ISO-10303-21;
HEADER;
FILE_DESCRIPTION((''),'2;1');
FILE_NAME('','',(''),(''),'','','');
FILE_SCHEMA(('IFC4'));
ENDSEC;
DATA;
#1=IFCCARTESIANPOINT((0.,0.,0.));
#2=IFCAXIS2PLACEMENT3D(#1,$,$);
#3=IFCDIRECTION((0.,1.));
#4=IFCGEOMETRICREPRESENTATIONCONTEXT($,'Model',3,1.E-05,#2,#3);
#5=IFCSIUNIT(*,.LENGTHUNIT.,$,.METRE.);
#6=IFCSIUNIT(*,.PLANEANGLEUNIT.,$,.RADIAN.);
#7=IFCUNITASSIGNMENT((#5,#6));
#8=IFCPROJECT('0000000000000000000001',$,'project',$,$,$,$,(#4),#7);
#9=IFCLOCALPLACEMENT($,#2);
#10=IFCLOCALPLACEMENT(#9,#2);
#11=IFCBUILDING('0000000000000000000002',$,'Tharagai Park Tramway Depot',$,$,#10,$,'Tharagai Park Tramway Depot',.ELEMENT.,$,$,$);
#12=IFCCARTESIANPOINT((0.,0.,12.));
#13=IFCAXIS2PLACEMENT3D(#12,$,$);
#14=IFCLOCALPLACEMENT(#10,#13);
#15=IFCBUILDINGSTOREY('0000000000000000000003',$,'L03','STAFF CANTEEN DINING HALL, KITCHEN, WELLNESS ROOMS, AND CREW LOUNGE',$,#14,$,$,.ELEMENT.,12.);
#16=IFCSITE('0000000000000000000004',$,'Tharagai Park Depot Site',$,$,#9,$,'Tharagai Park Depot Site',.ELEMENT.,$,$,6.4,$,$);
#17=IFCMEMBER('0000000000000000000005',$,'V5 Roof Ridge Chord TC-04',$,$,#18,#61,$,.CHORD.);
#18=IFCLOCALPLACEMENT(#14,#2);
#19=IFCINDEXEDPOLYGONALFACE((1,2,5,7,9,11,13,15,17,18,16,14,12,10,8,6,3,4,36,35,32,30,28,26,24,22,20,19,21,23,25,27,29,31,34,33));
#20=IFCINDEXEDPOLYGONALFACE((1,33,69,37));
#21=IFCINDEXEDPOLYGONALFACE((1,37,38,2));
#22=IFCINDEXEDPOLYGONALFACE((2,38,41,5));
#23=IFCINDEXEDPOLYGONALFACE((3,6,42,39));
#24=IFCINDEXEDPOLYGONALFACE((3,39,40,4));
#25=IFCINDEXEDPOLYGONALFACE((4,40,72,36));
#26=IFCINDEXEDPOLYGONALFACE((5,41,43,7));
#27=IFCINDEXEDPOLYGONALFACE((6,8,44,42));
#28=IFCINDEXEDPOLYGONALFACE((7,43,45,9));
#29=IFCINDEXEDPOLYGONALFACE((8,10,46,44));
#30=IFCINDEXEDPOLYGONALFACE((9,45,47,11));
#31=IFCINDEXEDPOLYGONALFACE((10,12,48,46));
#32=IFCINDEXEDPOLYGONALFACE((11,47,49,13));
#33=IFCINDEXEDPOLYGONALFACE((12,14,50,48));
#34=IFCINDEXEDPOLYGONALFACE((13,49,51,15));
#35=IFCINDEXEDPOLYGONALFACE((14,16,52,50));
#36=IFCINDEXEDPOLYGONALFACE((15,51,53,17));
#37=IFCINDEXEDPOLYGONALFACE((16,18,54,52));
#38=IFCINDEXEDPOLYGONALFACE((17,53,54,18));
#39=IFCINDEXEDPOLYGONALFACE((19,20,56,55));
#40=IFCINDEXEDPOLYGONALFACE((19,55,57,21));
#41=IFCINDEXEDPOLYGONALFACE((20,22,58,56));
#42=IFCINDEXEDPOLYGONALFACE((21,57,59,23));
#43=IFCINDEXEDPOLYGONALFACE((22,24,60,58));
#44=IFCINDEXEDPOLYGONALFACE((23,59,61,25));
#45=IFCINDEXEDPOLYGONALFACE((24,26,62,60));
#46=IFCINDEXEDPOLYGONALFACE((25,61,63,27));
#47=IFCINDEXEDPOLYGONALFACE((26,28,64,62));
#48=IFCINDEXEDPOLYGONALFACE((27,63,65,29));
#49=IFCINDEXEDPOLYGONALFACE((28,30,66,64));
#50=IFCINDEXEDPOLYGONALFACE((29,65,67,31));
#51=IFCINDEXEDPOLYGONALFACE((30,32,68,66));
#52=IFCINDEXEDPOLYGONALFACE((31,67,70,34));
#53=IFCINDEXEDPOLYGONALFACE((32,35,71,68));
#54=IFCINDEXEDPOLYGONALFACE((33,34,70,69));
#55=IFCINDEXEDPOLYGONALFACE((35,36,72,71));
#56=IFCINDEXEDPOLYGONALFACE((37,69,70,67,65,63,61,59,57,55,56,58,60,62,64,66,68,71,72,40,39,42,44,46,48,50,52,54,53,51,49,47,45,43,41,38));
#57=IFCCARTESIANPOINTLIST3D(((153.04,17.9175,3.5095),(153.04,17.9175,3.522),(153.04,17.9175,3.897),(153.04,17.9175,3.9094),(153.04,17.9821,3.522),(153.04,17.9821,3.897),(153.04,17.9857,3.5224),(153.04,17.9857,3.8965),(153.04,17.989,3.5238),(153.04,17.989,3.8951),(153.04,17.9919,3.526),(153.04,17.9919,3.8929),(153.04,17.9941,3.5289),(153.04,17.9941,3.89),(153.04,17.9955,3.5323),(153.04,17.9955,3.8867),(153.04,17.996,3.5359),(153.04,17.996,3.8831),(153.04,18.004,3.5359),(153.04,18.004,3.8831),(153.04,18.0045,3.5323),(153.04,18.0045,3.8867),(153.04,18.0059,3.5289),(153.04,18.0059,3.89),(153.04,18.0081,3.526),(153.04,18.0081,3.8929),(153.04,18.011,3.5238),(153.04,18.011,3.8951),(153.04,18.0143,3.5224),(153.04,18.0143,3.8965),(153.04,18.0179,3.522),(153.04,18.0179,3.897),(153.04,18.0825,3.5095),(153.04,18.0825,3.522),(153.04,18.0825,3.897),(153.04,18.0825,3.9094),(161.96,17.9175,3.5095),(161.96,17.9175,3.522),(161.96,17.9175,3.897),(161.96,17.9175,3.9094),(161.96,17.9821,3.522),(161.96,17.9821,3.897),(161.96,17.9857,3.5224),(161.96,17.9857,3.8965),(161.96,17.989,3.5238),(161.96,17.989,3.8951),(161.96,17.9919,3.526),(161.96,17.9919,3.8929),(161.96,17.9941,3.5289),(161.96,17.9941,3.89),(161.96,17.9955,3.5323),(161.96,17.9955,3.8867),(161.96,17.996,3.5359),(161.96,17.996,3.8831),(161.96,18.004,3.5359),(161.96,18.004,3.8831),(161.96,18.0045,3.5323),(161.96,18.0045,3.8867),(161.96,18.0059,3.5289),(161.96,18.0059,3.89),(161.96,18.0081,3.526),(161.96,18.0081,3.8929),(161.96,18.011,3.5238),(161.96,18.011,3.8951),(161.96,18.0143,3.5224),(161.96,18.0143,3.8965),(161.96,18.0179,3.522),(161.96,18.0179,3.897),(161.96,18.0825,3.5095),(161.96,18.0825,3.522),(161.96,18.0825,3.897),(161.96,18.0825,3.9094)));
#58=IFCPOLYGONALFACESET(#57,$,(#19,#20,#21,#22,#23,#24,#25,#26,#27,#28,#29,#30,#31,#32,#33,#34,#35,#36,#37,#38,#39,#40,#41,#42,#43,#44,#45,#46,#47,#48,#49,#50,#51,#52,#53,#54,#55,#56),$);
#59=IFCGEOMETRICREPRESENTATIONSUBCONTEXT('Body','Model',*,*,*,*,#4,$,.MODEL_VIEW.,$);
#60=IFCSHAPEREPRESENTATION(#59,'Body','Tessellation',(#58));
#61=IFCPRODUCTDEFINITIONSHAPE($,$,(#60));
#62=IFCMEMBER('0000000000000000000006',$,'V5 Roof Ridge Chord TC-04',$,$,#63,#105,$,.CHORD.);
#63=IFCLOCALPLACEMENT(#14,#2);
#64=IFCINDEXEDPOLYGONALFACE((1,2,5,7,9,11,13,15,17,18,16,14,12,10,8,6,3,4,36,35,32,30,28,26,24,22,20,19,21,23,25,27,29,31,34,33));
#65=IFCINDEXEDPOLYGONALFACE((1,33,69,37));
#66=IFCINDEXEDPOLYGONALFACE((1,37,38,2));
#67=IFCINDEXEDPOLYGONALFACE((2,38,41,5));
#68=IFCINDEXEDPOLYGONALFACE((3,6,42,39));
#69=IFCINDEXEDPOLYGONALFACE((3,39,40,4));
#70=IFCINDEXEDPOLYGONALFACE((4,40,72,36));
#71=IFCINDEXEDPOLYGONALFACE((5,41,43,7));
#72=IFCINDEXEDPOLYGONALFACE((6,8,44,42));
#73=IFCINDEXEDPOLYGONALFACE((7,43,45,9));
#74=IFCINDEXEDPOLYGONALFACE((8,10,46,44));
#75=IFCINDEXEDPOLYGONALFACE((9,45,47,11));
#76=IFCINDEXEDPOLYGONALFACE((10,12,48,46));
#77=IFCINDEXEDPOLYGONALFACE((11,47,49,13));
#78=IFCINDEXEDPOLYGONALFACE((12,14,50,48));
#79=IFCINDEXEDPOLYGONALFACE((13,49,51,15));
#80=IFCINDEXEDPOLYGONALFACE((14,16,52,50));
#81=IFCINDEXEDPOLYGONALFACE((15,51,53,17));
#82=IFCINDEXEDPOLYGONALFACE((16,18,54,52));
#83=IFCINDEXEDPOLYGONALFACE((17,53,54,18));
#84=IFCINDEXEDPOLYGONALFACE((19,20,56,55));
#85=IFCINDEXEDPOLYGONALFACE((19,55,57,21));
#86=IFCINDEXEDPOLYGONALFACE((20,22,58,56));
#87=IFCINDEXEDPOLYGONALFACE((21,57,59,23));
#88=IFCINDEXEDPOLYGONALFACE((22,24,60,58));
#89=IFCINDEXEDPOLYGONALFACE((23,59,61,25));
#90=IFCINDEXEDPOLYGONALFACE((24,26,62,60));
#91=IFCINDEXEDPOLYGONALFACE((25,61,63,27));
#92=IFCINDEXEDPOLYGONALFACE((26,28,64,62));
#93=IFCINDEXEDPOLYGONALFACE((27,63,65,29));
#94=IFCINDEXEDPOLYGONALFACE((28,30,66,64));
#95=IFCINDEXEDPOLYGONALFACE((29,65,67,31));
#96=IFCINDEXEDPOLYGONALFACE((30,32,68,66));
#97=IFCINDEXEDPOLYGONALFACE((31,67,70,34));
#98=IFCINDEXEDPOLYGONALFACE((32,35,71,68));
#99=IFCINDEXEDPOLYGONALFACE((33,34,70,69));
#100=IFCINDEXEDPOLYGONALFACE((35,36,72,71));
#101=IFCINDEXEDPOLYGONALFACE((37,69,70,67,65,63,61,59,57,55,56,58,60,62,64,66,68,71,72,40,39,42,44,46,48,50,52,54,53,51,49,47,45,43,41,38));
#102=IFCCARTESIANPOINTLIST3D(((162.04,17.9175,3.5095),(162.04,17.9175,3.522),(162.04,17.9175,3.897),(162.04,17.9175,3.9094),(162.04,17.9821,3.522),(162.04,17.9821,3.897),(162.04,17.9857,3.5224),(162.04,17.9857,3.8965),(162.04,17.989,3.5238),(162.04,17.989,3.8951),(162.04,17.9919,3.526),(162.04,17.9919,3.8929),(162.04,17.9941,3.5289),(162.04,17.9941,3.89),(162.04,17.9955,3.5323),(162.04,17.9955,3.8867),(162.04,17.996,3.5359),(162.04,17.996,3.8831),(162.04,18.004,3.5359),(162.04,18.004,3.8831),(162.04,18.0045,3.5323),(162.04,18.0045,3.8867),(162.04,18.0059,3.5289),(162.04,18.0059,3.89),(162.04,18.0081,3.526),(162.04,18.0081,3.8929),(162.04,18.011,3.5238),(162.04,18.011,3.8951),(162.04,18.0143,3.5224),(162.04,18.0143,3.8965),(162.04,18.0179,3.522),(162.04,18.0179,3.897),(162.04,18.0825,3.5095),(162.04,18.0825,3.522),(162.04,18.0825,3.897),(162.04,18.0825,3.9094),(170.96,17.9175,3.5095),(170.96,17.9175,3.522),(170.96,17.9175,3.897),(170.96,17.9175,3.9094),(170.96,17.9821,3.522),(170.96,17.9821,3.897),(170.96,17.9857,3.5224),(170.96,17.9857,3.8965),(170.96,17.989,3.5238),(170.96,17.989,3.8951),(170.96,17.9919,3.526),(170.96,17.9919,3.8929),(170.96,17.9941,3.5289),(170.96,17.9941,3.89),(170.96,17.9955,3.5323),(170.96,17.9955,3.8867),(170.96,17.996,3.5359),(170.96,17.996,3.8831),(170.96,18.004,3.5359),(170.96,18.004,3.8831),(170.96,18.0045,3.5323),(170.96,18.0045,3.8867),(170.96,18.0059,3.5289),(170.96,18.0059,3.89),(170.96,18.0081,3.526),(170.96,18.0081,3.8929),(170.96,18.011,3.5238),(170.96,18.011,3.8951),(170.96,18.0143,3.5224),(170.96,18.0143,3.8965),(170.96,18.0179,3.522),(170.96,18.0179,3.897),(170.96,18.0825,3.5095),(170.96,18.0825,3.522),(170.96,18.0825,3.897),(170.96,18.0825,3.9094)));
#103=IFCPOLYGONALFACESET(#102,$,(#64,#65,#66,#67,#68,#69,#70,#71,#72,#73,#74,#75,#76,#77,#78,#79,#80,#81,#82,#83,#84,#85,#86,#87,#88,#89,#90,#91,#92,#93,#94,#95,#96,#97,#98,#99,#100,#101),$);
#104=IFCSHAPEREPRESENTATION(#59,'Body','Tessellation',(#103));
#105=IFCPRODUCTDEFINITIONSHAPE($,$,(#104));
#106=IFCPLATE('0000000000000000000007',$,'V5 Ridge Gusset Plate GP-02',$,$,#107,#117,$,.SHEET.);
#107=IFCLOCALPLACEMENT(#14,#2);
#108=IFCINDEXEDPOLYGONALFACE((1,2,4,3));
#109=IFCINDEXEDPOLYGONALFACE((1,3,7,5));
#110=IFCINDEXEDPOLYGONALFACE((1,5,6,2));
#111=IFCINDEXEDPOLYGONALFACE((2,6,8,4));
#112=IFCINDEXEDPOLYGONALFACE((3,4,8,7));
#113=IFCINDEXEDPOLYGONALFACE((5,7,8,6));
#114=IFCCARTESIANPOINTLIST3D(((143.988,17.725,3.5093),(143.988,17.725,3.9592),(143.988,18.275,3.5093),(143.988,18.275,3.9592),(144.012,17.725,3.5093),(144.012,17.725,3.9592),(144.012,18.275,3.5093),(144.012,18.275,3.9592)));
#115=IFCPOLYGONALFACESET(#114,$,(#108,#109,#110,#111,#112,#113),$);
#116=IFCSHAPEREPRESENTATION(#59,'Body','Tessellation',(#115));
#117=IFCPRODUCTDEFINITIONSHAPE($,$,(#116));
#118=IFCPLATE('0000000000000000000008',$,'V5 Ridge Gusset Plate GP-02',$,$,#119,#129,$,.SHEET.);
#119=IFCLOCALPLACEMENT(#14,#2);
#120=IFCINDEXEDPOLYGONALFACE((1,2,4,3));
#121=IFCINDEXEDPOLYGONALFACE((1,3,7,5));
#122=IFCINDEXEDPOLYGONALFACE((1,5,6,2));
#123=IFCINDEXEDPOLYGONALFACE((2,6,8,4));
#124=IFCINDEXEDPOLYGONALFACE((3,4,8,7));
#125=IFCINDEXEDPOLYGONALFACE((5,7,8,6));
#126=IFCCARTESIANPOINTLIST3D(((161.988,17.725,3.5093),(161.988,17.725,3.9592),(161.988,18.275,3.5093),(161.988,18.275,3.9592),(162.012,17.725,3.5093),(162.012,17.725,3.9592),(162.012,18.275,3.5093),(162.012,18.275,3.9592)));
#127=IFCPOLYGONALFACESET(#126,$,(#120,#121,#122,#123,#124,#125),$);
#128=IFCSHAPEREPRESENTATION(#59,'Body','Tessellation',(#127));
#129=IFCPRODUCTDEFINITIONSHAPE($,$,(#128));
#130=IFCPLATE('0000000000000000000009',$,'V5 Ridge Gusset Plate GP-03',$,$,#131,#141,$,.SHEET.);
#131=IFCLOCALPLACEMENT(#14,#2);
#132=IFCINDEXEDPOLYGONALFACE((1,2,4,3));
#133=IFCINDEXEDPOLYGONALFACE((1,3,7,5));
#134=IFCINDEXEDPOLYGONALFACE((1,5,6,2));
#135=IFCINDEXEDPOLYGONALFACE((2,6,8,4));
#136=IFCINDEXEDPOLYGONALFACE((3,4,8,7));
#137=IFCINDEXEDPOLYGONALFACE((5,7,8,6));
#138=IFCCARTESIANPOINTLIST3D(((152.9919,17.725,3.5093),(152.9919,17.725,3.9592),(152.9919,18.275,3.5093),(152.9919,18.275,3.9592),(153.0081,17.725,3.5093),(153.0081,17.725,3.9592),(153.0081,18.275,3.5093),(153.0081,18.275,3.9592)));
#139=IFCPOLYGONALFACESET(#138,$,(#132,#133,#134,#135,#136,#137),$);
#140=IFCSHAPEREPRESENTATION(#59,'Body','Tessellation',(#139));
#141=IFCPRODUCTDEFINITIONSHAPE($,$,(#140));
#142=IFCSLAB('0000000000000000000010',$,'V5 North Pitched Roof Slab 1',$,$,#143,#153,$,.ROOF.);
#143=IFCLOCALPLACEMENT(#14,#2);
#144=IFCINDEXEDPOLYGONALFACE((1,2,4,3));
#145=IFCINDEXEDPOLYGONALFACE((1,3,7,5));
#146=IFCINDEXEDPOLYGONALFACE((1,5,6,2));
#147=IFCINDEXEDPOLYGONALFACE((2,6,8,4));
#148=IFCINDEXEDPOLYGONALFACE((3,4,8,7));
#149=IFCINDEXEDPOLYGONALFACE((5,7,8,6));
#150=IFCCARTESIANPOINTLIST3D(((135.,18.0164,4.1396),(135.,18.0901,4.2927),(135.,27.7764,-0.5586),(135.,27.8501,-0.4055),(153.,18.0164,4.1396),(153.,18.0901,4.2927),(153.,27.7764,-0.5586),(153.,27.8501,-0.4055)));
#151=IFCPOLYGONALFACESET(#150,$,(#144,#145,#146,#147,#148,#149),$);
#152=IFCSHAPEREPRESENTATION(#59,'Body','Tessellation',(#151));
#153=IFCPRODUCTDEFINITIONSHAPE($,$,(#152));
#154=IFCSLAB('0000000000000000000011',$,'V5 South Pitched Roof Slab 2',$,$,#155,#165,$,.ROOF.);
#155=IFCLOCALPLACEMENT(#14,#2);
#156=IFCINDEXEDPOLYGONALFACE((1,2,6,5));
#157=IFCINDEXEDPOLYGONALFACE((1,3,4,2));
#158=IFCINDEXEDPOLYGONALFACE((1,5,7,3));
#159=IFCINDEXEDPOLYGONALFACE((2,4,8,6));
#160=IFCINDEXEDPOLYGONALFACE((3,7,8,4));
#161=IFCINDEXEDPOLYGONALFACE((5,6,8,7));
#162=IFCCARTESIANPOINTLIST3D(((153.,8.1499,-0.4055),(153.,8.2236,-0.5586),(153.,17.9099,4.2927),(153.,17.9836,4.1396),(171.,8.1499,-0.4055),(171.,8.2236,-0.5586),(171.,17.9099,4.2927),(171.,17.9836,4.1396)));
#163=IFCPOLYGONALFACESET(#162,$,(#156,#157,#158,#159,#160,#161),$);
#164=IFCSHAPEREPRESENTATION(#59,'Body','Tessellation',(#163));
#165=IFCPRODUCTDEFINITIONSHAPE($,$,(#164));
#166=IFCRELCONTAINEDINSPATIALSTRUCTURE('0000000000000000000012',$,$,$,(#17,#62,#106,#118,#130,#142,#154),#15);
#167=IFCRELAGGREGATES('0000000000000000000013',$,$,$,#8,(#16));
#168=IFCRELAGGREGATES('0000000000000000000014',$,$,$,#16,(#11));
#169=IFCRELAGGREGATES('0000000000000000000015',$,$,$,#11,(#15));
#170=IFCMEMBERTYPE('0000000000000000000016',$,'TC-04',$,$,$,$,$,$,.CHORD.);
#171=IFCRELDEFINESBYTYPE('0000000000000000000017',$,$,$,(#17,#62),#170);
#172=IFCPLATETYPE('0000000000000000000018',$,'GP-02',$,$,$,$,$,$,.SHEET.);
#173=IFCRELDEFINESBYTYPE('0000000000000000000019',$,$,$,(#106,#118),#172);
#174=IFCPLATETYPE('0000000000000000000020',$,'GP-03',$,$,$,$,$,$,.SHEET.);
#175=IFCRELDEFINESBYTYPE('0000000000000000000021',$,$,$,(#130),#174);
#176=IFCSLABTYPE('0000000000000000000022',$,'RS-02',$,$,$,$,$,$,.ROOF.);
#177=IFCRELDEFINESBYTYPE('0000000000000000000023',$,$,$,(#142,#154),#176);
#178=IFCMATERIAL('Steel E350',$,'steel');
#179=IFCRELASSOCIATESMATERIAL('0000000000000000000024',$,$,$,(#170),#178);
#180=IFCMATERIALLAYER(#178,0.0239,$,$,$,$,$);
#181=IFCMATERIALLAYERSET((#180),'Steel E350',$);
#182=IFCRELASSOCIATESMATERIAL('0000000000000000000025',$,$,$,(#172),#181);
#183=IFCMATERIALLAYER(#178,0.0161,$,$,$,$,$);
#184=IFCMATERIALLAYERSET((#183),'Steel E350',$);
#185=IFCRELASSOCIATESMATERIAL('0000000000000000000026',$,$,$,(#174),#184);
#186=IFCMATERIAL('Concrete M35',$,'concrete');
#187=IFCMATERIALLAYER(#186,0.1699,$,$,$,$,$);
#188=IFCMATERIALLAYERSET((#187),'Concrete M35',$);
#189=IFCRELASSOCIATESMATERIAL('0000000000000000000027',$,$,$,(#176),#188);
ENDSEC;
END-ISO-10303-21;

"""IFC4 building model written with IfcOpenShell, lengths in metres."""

from ifc_helpers import new_model, si_unit, direction, frame, origin, origin_2d, place, context, subcontext, project, spatial, polyline, rectangle, i_section, outline, extrude, material, layer, layer_set, material_profile, profile_set, type_object, element, save


model = new_model("IFC4")

# Units and contexts
model_context = context("Model", 3, precision=1e-05, world=origin(), true_north=direction((0.0, 1.0)))
body_context = subcontext(model_context, "Body", "Model", "MODEL_VIEW")
ifc_project = project(units=[si_unit("LENGTHUNIT", "METRE"), si_unit("PLANEANGLEUNIT", "RADIAN")], contexts=[model_context])

# Site, building, storey
site_placement = place(None, origin())
site = spatial("IfcSite", under=ifc_project, at=site_placement, Name="Tharagai Park Depot Site", LongName="Tharagai Park Depot Site", CompositionType="ELEMENT", RefElevation=6.4)
building_placement = place(site_placement, origin())
building = spatial("IfcBuilding", under=site, at=building_placement, Name="Tharagai Park Tramway Depot", LongName="Tharagai Park Tramway Depot", CompositionType="ELEMENT")
storey_placement = place(building_placement, frame((0.0, 0.0, 12.0)))
storey = spatial("IfcBuildingStorey", under=building, at=storey_placement, Name="L03", Description="STAFF CANTEEN DINING HALL, KITCHEN, WELLNESS ROOMS, AND CREW LOUNGE", CompositionType="ELEMENT", Elevation=12.0)

# Shared definitions
ifc_material_1 = material(Name="Steel E350", Category="steel")

# Members
ifc_material_profile_1 = material_profile(ifc_material_1, i_section(OverallWidth=0.165, OverallDepth=0.3999, WebThickness=0.0081, FlangeThickness=0.0125, FilletRadius=0.0139, at=origin_2d()), Name="ISLB 400")
ifc_profile_set_1 = profile_set([ifc_material_profile_1], Name="Steel E350")
member_type_1 = type_object("IfcMemberType", Name="TC-04", PredefinedType="CHORD", material=ifc_profile_set_1)
for number, where, z_axis, x_axis, name in (
    (1, (153.04, 18.0, 3.7095), (1.0, 0.0, 0.0), (0.0, 1.0, 0.0), "V5 Roof Ridge Chord TC-04"),
    (2, (162.04, 18.0, 3.7095), (1.0, 0.0, 0.0), (0.0, 1.0, 0.0), "V5 Roof Ridge Chord TC-04"),
):
    element("IfcMember", number, at=place(storey_placement, frame(where, z_axis=z_axis, x_axis=x_axis)), inside=storey, type_object=member_type_1, Name=name, PredefinedType="CHORD", context=body_context, shape_type="SweptSolid", body=[
        extrude(i_section(OverallWidth=0.165, OverallDepth=0.3999, WebThickness=0.0081, FlangeThickness=0.0125, FilletRadius=0.0139, at=origin_2d()), origin(), (0.0, 0.0, 1.0), 8.9199),
    ])

# Plates
ifc_layer_1 = layer(ifc_material_1, 0.0239)
ifc_layer_set_1 = layer_set([ifc_layer_1], Name="Steel E350")
plate_type_1 = type_object("IfcPlateType", Name="GP-02", PredefinedType="SHEET", material=ifc_layer_set_1)
for number, where, z_axis, x_axis, name in (
    (3, (144.0, 18.0, 3.5093), (0.0, 0.0, 1.0), (1.0, 0.0, 0.0), "V5 Ridge Gusset Plate GP-02"),
    (4, (162.0, 18.0, 3.5093), (0.0, 0.0, 1.0), (1.0, 0.0, 0.0), "V5 Ridge Gusset Plate GP-02"),
):
    element("IfcPlate", number, at=place(storey_placement, frame(where, z_axis=z_axis, x_axis=x_axis)), inside=storey, type_object=plate_type_1, Name=name, PredefinedType="SHEET", context=body_context, shape_type="SweptSolid", body=[
        extrude(rectangle(XDim=0.0239, YDim=0.55, at=origin_2d()), origin(), (0.0, 0.0, 1.0), 0.45),
    ])
ifc_layer_2 = layer(ifc_material_1, 0.0161)
ifc_layer_set_2 = layer_set([ifc_layer_2], Name="Steel E350")
plate_type_2 = type_object("IfcPlateType", Name="GP-03", PredefinedType="SHEET", material=ifc_layer_set_2)
plate_placement = place(storey_placement, frame((153.0, 18.0, 3.5093), z_axis=(0.0, 0.0, 1.0), x_axis=(1.0, 0.0, 0.0)))
element("IfcPlate", 5, at=plate_placement, inside=storey, type_object=plate_type_2, Name="V5 Ridge Gusset Plate GP-03", PredefinedType="SHEET", context=body_context, shape_type="SweptSolid", body=[
    extrude(rectangle(XDim=0.0161, YDim=0.55, at=origin_2d()), origin(), (0.0, 0.0, 1.0), 0.45),
])

# Slabs
ifc_material_2 = material(Name="Concrete M35", Category="concrete")
ifc_layer_3 = layer(ifc_material_2, 0.1699)
ifc_layer_set_3 = layer_set([ifc_layer_3], Name="Concrete M35")
slab_type = type_object("IfcSlabType", Name="RS-02", PredefinedType="ROOF", material=ifc_layer_set_3)
for number, where, z_axis, x_axis, name in (
    (6, (153.0, 27.8501, -0.4055), (0.0, 0.433739, 0.901039), (-1.0, 0.0, 0.0), "V5 North Pitched Roof Slab 1"),
    (7, (153.0, 8.1499, -0.4055), (0.0, -0.433739, 0.901039), (1.0, 0.0, 0.0), "V5 South Pitched Roof Slab 2"),
):
    element("IfcSlab", number, at=place(storey_placement, frame(where, z_axis=z_axis, x_axis=x_axis)), inside=storey, type_object=slab_type, Name=name, PredefinedType="ROOF", context=body_context, shape_type="SweptSolid", body=[
        extrude(outline(polyline([(0.0, 0.0), (18.0, 0.0), (18.0, 10.832), (0.0, 10.832), (0.0, 0.0)])), origin(), (0.0, 0.0, -1.0), 0.1699),
    ])

save(model, "model.ifc")
